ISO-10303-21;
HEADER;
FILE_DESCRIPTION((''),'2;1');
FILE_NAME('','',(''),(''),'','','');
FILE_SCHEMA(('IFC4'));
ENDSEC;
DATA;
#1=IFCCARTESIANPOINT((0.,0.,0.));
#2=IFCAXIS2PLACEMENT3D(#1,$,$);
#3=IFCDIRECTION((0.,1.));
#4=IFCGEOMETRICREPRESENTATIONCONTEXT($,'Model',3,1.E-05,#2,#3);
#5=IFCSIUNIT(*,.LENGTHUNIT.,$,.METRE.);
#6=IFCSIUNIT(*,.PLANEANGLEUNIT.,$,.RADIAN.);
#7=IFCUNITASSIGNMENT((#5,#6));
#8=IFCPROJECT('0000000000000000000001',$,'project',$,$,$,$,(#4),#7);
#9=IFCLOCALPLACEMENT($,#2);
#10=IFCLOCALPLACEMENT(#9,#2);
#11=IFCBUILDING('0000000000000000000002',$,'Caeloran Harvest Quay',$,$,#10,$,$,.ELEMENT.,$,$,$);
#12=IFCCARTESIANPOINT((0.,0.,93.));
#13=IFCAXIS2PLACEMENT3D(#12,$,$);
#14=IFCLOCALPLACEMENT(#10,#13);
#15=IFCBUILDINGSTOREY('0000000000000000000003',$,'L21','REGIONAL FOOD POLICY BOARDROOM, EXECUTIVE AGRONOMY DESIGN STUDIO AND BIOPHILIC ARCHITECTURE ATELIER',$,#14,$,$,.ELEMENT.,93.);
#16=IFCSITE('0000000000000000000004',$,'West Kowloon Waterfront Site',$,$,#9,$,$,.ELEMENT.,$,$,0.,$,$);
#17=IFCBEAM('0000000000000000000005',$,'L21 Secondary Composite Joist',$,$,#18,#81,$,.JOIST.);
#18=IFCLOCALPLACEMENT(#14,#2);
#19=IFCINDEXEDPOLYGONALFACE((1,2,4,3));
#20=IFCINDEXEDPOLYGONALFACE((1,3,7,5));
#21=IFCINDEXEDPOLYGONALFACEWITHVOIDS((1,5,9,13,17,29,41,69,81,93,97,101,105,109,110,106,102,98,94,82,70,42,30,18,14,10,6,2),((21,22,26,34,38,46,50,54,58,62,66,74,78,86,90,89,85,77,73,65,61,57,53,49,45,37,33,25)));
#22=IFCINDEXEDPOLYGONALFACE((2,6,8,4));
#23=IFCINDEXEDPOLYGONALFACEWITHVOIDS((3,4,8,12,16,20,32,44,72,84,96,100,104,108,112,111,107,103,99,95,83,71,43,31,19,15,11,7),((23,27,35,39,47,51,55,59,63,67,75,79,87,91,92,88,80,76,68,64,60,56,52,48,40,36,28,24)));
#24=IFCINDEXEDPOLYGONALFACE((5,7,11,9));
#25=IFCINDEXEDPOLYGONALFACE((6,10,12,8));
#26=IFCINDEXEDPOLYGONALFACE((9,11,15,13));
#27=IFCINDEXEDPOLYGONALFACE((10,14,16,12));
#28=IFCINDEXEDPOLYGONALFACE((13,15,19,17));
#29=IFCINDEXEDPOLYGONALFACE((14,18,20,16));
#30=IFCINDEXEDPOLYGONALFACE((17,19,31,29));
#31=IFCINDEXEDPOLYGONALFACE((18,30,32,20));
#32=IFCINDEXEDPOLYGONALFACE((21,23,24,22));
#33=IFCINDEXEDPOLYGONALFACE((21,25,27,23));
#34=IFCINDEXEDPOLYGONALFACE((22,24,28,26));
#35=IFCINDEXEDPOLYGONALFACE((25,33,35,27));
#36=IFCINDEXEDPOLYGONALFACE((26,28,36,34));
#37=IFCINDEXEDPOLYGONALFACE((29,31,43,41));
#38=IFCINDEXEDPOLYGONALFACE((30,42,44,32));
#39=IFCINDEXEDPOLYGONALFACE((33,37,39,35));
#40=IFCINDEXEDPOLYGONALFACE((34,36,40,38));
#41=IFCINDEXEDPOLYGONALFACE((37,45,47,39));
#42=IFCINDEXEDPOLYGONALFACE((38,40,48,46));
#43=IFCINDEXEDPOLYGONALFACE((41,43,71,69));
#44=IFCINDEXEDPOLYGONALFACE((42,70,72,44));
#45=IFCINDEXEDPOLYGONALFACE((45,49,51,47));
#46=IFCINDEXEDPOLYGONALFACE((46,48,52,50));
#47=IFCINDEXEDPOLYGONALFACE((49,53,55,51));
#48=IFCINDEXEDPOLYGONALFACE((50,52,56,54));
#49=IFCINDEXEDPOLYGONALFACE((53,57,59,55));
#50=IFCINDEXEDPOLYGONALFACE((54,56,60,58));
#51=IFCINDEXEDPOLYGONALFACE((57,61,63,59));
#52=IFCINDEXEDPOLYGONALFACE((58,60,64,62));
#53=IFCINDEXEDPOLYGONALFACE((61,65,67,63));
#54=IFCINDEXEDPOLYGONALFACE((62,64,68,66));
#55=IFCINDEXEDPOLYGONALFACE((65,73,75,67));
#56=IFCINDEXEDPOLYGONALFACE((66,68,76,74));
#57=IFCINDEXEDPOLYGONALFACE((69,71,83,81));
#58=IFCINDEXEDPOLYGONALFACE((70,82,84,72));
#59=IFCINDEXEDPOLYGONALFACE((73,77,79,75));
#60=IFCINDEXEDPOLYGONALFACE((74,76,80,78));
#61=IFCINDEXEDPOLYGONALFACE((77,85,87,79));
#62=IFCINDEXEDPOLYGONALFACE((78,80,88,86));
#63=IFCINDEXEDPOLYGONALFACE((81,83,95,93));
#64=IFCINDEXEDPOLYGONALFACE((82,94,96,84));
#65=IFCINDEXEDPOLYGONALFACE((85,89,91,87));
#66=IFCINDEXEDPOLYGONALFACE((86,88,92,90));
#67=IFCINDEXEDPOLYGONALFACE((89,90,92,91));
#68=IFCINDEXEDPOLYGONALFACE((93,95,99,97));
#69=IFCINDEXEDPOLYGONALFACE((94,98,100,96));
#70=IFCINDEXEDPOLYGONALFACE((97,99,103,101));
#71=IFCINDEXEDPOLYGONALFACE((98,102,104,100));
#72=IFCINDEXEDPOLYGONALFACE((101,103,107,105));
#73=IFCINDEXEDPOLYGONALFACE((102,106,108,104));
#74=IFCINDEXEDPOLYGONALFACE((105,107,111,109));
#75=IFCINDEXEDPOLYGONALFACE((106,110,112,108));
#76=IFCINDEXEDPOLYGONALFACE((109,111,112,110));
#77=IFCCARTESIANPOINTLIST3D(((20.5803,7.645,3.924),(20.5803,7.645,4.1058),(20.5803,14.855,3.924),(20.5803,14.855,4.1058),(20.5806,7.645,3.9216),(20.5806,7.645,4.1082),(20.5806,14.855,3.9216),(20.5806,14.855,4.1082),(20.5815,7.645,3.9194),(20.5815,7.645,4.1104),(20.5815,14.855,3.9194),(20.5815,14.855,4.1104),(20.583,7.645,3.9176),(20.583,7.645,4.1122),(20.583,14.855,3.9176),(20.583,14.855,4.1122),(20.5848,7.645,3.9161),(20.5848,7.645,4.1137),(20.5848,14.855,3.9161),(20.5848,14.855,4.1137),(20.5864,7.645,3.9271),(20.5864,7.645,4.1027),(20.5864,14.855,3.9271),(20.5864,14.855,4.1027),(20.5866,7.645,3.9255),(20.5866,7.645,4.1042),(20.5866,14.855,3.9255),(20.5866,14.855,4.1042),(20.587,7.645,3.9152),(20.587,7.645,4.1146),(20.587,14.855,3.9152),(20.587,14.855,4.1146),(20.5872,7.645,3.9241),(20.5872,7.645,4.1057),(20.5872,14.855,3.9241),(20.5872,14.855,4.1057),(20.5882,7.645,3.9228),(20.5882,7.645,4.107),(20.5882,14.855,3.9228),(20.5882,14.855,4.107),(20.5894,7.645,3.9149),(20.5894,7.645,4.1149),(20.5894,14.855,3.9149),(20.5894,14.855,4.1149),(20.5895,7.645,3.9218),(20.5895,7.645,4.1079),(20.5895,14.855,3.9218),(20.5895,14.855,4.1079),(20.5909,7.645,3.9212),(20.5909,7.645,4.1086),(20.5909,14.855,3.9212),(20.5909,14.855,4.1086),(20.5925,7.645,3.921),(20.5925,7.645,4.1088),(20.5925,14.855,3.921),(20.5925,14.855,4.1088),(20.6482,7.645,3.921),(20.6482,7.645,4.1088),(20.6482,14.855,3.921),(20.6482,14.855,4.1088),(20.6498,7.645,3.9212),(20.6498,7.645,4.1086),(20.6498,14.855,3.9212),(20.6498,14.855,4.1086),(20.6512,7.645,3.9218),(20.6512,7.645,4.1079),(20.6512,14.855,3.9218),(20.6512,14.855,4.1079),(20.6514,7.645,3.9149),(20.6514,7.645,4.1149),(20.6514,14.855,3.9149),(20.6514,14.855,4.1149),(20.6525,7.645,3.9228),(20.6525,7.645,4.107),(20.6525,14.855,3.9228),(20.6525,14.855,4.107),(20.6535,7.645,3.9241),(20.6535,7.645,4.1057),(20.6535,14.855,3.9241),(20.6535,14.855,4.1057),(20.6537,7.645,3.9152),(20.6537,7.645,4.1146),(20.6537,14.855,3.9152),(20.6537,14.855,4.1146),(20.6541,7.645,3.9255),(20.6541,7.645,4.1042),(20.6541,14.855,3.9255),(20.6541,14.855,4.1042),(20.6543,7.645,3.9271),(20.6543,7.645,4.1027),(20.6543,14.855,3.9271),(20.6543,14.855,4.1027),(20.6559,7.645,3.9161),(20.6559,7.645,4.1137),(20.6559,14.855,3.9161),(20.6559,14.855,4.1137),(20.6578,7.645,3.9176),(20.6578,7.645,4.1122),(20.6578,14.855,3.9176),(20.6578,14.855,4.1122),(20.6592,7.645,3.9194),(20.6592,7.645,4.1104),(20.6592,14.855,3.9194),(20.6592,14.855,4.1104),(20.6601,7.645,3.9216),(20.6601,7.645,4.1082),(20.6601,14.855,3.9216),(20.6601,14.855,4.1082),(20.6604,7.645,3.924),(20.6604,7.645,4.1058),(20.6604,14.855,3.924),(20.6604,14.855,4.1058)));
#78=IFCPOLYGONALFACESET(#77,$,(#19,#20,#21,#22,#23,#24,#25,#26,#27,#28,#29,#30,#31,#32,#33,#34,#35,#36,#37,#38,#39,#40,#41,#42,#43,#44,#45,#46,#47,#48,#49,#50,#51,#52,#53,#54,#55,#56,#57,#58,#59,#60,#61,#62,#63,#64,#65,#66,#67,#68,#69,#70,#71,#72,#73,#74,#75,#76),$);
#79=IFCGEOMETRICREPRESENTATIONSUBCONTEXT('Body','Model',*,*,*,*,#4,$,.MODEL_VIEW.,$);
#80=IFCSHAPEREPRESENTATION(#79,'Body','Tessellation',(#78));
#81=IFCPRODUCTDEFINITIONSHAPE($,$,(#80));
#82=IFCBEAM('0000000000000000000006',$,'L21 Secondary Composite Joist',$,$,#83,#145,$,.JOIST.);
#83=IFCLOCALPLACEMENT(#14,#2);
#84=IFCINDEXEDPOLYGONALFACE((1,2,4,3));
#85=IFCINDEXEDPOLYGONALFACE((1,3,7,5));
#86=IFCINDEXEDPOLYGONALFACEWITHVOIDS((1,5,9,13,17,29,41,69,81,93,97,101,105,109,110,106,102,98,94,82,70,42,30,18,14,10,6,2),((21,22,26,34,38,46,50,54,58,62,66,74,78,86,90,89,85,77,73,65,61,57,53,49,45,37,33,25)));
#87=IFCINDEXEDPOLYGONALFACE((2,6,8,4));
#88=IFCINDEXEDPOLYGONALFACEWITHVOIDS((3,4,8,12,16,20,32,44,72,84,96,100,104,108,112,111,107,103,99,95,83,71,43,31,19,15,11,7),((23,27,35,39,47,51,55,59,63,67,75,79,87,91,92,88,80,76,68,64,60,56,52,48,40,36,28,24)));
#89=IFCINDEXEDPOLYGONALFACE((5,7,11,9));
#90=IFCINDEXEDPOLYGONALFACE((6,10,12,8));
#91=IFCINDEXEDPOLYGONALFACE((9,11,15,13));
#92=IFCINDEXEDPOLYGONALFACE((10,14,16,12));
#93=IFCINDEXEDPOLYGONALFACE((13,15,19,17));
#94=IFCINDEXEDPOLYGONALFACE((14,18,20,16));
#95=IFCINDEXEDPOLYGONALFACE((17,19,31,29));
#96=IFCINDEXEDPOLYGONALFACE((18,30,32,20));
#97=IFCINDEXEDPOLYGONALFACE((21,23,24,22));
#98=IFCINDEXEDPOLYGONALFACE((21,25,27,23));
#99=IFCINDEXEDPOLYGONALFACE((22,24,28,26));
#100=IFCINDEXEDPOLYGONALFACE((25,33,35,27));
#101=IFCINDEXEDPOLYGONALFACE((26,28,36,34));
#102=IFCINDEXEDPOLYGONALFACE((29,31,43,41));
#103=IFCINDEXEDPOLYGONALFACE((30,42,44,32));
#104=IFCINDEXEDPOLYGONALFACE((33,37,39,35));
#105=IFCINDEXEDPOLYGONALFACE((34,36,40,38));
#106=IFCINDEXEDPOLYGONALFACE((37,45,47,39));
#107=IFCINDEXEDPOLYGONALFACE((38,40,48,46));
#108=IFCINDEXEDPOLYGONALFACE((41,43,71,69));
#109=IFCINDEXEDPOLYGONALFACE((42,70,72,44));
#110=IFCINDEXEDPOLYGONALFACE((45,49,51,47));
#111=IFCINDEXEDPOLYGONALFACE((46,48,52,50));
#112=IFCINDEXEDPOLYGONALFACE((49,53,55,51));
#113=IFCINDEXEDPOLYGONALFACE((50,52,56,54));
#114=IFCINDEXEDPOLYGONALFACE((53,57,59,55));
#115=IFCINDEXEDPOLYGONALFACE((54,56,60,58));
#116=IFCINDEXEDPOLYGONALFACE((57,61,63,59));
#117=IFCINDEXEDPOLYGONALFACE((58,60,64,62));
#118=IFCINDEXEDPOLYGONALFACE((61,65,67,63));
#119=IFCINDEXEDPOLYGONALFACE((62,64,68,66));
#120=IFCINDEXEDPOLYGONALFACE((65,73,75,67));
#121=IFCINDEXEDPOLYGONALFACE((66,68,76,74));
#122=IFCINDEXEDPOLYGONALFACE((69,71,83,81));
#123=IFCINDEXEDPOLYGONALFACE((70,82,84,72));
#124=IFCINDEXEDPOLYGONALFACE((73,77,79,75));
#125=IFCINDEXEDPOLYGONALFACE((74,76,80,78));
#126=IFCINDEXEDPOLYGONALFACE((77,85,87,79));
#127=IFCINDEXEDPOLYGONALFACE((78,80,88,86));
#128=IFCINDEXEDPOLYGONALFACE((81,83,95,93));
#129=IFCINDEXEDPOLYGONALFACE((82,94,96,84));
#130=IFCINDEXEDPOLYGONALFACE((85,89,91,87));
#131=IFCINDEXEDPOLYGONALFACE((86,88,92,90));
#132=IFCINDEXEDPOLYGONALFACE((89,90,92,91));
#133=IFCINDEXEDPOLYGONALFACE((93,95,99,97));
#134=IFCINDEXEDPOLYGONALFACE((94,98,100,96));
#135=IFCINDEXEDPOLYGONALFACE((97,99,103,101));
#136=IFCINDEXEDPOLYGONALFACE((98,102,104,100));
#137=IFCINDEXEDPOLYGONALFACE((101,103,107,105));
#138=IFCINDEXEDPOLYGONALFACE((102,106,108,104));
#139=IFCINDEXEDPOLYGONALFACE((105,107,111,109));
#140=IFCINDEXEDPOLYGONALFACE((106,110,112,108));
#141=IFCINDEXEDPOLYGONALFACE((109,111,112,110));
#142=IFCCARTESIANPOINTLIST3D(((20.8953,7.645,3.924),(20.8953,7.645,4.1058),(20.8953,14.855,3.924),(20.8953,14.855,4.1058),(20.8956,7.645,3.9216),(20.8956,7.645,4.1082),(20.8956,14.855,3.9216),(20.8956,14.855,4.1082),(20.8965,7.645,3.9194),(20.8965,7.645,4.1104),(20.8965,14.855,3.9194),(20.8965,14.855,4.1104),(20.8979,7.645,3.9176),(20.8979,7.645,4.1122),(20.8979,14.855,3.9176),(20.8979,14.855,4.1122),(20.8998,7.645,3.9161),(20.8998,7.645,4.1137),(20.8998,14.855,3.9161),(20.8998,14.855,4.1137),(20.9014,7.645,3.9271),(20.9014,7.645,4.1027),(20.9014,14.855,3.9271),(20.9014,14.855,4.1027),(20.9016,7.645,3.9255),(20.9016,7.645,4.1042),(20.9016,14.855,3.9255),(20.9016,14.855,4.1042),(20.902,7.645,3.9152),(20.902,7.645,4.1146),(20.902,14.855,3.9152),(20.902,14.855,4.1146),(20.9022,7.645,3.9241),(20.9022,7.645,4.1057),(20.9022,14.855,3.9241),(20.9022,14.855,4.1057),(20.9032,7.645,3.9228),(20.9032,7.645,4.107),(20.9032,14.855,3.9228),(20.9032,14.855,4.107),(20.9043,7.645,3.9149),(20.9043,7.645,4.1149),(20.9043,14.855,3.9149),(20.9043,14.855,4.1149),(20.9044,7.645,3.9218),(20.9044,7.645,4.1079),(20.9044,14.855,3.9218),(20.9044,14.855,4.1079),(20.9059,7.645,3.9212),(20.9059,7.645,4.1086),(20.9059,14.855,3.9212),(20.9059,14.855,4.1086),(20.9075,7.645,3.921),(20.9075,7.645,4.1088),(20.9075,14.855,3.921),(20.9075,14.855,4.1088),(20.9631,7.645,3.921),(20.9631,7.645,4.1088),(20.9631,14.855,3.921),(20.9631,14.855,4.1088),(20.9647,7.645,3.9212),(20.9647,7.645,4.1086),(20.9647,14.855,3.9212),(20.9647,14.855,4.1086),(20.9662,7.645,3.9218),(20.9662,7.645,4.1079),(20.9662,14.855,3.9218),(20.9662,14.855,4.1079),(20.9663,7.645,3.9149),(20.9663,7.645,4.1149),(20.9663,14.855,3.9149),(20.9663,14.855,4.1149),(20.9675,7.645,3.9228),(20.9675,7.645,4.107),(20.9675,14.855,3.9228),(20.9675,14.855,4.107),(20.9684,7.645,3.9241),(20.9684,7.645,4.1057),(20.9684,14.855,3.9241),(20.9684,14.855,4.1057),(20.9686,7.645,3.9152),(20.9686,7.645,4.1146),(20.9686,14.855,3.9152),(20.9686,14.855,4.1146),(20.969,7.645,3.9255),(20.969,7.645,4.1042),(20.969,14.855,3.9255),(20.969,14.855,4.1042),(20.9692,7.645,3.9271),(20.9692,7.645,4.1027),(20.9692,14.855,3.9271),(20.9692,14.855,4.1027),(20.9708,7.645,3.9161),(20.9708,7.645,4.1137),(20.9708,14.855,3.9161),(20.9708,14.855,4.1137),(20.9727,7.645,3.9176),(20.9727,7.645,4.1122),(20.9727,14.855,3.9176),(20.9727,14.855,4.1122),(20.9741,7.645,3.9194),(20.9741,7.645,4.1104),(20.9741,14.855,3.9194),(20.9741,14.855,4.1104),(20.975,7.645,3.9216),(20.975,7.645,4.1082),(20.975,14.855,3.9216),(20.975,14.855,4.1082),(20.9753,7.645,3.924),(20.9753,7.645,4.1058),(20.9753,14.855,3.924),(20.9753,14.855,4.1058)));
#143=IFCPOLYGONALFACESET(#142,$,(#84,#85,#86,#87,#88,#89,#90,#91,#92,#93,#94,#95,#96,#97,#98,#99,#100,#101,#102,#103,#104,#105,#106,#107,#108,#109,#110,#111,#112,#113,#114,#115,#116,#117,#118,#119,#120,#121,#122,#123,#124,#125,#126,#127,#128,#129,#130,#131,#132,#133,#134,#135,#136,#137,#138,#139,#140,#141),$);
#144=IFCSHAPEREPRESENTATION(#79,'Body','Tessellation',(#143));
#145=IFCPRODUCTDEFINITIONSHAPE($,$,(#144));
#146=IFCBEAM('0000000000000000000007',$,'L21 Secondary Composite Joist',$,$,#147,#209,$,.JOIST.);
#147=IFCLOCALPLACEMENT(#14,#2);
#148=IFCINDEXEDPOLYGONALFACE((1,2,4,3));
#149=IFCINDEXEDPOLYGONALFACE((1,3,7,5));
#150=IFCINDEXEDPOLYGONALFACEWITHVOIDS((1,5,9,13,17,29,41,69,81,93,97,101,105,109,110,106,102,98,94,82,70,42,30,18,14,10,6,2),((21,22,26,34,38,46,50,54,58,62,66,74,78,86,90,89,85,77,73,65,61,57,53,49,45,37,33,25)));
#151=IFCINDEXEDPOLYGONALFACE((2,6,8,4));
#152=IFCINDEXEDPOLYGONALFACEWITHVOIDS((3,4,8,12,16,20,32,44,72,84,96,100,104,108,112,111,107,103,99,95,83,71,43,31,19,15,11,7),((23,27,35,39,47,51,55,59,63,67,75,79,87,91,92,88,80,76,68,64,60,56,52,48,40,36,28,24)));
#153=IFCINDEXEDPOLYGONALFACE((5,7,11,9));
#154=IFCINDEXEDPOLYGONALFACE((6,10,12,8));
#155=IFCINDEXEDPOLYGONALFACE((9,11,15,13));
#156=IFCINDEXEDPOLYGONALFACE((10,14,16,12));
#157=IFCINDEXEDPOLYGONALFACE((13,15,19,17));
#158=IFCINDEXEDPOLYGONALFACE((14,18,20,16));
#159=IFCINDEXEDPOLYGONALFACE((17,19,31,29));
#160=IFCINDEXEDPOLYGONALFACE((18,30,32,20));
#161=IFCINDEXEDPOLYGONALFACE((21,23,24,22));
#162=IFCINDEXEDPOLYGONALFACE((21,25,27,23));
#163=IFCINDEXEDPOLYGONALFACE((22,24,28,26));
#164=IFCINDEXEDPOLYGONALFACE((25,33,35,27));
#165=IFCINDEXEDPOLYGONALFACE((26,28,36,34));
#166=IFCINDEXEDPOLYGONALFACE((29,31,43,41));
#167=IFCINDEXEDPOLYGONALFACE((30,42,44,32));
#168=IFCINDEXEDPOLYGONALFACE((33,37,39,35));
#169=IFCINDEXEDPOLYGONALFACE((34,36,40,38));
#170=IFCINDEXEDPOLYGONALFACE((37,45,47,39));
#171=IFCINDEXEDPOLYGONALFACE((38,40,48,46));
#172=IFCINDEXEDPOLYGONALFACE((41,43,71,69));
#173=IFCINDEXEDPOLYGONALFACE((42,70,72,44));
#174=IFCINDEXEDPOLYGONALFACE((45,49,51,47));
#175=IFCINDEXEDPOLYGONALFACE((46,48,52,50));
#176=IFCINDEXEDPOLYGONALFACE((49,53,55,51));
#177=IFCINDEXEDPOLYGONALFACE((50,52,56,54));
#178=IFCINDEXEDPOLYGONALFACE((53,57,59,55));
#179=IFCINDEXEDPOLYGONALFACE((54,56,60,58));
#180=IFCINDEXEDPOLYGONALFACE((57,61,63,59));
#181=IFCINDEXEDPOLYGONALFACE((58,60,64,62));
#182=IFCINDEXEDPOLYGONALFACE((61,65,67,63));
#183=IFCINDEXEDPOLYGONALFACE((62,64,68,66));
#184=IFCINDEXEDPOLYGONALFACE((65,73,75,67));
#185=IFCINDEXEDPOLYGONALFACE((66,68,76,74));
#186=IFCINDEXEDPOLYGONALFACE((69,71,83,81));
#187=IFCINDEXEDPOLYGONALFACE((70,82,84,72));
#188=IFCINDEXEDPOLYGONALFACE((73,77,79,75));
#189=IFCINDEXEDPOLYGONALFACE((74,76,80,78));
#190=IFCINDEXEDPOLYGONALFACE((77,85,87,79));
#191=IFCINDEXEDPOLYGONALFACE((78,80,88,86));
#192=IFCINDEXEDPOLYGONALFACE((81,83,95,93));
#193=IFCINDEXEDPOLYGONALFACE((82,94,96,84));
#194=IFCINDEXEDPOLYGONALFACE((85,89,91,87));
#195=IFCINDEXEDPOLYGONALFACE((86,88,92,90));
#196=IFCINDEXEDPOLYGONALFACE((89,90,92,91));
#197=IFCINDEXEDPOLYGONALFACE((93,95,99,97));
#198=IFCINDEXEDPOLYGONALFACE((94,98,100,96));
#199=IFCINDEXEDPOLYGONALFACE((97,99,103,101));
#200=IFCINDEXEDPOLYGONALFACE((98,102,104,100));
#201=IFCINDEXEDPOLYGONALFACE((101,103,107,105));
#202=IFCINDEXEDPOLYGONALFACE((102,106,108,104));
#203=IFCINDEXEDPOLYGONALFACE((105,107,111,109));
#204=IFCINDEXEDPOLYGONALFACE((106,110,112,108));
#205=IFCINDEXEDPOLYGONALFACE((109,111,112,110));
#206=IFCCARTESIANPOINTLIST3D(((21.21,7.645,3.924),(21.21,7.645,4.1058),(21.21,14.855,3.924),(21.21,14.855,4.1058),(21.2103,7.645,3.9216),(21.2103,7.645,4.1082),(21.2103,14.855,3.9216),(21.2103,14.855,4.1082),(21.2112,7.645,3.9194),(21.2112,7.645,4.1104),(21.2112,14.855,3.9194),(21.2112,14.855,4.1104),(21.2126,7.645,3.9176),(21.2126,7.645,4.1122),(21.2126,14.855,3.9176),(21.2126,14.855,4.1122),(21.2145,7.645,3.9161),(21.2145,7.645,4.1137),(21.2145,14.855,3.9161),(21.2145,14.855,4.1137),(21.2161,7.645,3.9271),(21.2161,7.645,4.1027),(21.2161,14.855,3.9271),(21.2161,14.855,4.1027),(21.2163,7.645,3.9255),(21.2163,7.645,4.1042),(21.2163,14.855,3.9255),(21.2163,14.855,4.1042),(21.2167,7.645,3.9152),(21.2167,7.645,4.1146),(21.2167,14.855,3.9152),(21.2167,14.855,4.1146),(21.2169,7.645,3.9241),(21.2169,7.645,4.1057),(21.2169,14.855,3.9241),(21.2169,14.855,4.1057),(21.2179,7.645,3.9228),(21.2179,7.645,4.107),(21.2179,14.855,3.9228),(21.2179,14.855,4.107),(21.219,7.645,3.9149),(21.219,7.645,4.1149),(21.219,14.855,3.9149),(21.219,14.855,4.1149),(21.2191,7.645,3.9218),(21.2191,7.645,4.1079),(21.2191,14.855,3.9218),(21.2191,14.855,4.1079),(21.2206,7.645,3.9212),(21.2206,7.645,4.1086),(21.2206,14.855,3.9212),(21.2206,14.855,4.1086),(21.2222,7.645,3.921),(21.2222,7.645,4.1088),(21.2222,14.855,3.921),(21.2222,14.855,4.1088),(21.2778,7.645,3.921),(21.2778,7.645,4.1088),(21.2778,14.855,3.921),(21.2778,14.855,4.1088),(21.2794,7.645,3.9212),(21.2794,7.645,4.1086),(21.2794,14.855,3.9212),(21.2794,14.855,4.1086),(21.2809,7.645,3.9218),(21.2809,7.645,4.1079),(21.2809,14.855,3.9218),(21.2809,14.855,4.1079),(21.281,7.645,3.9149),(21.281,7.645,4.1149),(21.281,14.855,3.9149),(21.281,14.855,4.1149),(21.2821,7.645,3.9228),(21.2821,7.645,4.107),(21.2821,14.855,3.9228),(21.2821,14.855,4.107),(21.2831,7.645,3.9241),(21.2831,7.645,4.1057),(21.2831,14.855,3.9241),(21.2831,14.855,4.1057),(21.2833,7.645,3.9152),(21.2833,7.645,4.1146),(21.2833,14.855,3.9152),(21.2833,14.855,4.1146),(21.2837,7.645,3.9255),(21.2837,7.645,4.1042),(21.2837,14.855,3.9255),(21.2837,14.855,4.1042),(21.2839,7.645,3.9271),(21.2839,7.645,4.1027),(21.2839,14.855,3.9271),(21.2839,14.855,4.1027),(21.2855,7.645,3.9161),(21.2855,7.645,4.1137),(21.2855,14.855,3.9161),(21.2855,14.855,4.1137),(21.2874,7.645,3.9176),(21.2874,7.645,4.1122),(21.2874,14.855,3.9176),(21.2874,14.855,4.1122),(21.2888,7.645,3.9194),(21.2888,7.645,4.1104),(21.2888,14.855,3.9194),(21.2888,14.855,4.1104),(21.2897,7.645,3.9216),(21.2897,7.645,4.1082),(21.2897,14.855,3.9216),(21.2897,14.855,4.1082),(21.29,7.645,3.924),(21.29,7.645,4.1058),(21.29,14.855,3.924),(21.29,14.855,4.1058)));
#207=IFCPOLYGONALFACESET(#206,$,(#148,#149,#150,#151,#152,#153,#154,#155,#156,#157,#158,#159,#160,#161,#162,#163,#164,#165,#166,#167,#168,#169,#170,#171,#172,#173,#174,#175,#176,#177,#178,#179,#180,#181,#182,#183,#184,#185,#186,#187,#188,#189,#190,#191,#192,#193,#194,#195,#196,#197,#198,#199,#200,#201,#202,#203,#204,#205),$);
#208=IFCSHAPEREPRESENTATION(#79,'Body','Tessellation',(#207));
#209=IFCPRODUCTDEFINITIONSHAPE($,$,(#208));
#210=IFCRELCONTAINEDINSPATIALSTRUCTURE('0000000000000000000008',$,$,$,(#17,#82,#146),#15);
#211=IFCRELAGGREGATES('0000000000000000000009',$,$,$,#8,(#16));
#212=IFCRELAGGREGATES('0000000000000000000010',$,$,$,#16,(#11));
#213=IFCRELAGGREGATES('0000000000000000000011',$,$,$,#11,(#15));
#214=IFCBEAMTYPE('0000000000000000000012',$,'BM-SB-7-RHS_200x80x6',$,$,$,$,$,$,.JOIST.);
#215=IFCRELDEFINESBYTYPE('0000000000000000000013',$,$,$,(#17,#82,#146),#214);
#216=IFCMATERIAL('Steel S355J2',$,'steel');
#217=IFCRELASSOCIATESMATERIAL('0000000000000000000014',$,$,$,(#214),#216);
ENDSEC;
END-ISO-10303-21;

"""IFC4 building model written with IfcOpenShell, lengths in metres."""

from ifc_helpers import new_model, si_unit, direction, frame, origin, origin_2d, place, context, subcontext, project, spatial, hollow_rectangle, extrude, material, material_profile, profile_set, type_object, element, save


model = new_model("IFC4")

# Units and contexts
model_context = context("Model", 3, precision=1e-05, world=origin(), true_north=direction((0.0, 1.0)))
body_context = subcontext(model_context, "Body", "Model", "MODEL_VIEW")
ifc_project = project(units=[si_unit("LENGTHUNIT", "METRE"), si_unit("PLANEANGLEUNIT", "RADIAN")], contexts=[model_context])

# Site, building, storey
site_placement = place(None, origin())
site = spatial("IfcSite", under=ifc_project, at=site_placement, Name="West Kowloon Waterfront Site", CompositionType="ELEMENT", RefElevation=0.0)
building_placement = place(site_placement, origin())
building = spatial("IfcBuilding", under=site, at=building_placement, Name="Caeloran Harvest Quay", CompositionType="ELEMENT")
storey_placement = place(building_placement, frame((0.0, 0.0, 93.0)))
storey = spatial("IfcBuildingStorey", under=building, at=storey_placement, Name="L21", Description="REGIONAL FOOD POLICY BOARDROOM, EXECUTIVE AGRONOMY DESIGN STUDIO AND BIOPHILIC ARCHITECTURE ATELIER", CompositionType="ELEMENT", Elevation=93.0)

# Beams
ifc_material_1 = material(Name="Steel S355J2", Category="steel")
ifc_material_profile_1 = material_profile(ifc_material_1, hollow_rectangle(XDim=0.0801, YDim=0.2, WallThickness=0.0061, InnerFilletRadius=0.0061, OuterFilletRadius=0.009, at=origin_2d()), Name="RHS 200x80x6")
ifc_profile_set_1 = profile_set([ifc_material_profile_1], Name="Steel S355J2")
beam_type_1 = type_object("IfcBeamType", Name="BM-SB-7-RHS_200x80x6", PredefinedType="JOIST", material=ifc_profile_set_1)
for number, where, z_axis, x_axis, name in (
    (1, (20.6204, 7.645, 4.0149), (0.0, 1.0, 0.0), (-1.0, 0.0, 0.0), "L21 Secondary Composite Joist"),
    (2, (20.9353, 7.645, 4.0149), (0.0, 1.0, 0.0), (-1.0, 0.0, 0.0), "L21 Secondary Composite Joist"),
    (3, (21.25, 7.645, 4.0149), (0.0, 1.0, 0.0), (-1.0, 0.0, 0.0), "L21 Secondary Composite Joist"),
):
    element("IfcBeam", number, at=place(storey_placement, frame(where, z_axis=z_axis, x_axis=x_axis)), inside=storey, type_object=beam_type_1, Name=name, PredefinedType="JOIST", context=body_context, shape_type="SweptSolid", body=[
        extrude(hollow_rectangle(XDim=0.0801, YDim=0.2, WallThickness=0.0061, InnerFilletRadius=0.0061, OuterFilletRadius=0.009, at=origin_2d()), origin(), (0.0, 0.0, 1.0), 7.21),
    ])

save(model, "model.ifc")
